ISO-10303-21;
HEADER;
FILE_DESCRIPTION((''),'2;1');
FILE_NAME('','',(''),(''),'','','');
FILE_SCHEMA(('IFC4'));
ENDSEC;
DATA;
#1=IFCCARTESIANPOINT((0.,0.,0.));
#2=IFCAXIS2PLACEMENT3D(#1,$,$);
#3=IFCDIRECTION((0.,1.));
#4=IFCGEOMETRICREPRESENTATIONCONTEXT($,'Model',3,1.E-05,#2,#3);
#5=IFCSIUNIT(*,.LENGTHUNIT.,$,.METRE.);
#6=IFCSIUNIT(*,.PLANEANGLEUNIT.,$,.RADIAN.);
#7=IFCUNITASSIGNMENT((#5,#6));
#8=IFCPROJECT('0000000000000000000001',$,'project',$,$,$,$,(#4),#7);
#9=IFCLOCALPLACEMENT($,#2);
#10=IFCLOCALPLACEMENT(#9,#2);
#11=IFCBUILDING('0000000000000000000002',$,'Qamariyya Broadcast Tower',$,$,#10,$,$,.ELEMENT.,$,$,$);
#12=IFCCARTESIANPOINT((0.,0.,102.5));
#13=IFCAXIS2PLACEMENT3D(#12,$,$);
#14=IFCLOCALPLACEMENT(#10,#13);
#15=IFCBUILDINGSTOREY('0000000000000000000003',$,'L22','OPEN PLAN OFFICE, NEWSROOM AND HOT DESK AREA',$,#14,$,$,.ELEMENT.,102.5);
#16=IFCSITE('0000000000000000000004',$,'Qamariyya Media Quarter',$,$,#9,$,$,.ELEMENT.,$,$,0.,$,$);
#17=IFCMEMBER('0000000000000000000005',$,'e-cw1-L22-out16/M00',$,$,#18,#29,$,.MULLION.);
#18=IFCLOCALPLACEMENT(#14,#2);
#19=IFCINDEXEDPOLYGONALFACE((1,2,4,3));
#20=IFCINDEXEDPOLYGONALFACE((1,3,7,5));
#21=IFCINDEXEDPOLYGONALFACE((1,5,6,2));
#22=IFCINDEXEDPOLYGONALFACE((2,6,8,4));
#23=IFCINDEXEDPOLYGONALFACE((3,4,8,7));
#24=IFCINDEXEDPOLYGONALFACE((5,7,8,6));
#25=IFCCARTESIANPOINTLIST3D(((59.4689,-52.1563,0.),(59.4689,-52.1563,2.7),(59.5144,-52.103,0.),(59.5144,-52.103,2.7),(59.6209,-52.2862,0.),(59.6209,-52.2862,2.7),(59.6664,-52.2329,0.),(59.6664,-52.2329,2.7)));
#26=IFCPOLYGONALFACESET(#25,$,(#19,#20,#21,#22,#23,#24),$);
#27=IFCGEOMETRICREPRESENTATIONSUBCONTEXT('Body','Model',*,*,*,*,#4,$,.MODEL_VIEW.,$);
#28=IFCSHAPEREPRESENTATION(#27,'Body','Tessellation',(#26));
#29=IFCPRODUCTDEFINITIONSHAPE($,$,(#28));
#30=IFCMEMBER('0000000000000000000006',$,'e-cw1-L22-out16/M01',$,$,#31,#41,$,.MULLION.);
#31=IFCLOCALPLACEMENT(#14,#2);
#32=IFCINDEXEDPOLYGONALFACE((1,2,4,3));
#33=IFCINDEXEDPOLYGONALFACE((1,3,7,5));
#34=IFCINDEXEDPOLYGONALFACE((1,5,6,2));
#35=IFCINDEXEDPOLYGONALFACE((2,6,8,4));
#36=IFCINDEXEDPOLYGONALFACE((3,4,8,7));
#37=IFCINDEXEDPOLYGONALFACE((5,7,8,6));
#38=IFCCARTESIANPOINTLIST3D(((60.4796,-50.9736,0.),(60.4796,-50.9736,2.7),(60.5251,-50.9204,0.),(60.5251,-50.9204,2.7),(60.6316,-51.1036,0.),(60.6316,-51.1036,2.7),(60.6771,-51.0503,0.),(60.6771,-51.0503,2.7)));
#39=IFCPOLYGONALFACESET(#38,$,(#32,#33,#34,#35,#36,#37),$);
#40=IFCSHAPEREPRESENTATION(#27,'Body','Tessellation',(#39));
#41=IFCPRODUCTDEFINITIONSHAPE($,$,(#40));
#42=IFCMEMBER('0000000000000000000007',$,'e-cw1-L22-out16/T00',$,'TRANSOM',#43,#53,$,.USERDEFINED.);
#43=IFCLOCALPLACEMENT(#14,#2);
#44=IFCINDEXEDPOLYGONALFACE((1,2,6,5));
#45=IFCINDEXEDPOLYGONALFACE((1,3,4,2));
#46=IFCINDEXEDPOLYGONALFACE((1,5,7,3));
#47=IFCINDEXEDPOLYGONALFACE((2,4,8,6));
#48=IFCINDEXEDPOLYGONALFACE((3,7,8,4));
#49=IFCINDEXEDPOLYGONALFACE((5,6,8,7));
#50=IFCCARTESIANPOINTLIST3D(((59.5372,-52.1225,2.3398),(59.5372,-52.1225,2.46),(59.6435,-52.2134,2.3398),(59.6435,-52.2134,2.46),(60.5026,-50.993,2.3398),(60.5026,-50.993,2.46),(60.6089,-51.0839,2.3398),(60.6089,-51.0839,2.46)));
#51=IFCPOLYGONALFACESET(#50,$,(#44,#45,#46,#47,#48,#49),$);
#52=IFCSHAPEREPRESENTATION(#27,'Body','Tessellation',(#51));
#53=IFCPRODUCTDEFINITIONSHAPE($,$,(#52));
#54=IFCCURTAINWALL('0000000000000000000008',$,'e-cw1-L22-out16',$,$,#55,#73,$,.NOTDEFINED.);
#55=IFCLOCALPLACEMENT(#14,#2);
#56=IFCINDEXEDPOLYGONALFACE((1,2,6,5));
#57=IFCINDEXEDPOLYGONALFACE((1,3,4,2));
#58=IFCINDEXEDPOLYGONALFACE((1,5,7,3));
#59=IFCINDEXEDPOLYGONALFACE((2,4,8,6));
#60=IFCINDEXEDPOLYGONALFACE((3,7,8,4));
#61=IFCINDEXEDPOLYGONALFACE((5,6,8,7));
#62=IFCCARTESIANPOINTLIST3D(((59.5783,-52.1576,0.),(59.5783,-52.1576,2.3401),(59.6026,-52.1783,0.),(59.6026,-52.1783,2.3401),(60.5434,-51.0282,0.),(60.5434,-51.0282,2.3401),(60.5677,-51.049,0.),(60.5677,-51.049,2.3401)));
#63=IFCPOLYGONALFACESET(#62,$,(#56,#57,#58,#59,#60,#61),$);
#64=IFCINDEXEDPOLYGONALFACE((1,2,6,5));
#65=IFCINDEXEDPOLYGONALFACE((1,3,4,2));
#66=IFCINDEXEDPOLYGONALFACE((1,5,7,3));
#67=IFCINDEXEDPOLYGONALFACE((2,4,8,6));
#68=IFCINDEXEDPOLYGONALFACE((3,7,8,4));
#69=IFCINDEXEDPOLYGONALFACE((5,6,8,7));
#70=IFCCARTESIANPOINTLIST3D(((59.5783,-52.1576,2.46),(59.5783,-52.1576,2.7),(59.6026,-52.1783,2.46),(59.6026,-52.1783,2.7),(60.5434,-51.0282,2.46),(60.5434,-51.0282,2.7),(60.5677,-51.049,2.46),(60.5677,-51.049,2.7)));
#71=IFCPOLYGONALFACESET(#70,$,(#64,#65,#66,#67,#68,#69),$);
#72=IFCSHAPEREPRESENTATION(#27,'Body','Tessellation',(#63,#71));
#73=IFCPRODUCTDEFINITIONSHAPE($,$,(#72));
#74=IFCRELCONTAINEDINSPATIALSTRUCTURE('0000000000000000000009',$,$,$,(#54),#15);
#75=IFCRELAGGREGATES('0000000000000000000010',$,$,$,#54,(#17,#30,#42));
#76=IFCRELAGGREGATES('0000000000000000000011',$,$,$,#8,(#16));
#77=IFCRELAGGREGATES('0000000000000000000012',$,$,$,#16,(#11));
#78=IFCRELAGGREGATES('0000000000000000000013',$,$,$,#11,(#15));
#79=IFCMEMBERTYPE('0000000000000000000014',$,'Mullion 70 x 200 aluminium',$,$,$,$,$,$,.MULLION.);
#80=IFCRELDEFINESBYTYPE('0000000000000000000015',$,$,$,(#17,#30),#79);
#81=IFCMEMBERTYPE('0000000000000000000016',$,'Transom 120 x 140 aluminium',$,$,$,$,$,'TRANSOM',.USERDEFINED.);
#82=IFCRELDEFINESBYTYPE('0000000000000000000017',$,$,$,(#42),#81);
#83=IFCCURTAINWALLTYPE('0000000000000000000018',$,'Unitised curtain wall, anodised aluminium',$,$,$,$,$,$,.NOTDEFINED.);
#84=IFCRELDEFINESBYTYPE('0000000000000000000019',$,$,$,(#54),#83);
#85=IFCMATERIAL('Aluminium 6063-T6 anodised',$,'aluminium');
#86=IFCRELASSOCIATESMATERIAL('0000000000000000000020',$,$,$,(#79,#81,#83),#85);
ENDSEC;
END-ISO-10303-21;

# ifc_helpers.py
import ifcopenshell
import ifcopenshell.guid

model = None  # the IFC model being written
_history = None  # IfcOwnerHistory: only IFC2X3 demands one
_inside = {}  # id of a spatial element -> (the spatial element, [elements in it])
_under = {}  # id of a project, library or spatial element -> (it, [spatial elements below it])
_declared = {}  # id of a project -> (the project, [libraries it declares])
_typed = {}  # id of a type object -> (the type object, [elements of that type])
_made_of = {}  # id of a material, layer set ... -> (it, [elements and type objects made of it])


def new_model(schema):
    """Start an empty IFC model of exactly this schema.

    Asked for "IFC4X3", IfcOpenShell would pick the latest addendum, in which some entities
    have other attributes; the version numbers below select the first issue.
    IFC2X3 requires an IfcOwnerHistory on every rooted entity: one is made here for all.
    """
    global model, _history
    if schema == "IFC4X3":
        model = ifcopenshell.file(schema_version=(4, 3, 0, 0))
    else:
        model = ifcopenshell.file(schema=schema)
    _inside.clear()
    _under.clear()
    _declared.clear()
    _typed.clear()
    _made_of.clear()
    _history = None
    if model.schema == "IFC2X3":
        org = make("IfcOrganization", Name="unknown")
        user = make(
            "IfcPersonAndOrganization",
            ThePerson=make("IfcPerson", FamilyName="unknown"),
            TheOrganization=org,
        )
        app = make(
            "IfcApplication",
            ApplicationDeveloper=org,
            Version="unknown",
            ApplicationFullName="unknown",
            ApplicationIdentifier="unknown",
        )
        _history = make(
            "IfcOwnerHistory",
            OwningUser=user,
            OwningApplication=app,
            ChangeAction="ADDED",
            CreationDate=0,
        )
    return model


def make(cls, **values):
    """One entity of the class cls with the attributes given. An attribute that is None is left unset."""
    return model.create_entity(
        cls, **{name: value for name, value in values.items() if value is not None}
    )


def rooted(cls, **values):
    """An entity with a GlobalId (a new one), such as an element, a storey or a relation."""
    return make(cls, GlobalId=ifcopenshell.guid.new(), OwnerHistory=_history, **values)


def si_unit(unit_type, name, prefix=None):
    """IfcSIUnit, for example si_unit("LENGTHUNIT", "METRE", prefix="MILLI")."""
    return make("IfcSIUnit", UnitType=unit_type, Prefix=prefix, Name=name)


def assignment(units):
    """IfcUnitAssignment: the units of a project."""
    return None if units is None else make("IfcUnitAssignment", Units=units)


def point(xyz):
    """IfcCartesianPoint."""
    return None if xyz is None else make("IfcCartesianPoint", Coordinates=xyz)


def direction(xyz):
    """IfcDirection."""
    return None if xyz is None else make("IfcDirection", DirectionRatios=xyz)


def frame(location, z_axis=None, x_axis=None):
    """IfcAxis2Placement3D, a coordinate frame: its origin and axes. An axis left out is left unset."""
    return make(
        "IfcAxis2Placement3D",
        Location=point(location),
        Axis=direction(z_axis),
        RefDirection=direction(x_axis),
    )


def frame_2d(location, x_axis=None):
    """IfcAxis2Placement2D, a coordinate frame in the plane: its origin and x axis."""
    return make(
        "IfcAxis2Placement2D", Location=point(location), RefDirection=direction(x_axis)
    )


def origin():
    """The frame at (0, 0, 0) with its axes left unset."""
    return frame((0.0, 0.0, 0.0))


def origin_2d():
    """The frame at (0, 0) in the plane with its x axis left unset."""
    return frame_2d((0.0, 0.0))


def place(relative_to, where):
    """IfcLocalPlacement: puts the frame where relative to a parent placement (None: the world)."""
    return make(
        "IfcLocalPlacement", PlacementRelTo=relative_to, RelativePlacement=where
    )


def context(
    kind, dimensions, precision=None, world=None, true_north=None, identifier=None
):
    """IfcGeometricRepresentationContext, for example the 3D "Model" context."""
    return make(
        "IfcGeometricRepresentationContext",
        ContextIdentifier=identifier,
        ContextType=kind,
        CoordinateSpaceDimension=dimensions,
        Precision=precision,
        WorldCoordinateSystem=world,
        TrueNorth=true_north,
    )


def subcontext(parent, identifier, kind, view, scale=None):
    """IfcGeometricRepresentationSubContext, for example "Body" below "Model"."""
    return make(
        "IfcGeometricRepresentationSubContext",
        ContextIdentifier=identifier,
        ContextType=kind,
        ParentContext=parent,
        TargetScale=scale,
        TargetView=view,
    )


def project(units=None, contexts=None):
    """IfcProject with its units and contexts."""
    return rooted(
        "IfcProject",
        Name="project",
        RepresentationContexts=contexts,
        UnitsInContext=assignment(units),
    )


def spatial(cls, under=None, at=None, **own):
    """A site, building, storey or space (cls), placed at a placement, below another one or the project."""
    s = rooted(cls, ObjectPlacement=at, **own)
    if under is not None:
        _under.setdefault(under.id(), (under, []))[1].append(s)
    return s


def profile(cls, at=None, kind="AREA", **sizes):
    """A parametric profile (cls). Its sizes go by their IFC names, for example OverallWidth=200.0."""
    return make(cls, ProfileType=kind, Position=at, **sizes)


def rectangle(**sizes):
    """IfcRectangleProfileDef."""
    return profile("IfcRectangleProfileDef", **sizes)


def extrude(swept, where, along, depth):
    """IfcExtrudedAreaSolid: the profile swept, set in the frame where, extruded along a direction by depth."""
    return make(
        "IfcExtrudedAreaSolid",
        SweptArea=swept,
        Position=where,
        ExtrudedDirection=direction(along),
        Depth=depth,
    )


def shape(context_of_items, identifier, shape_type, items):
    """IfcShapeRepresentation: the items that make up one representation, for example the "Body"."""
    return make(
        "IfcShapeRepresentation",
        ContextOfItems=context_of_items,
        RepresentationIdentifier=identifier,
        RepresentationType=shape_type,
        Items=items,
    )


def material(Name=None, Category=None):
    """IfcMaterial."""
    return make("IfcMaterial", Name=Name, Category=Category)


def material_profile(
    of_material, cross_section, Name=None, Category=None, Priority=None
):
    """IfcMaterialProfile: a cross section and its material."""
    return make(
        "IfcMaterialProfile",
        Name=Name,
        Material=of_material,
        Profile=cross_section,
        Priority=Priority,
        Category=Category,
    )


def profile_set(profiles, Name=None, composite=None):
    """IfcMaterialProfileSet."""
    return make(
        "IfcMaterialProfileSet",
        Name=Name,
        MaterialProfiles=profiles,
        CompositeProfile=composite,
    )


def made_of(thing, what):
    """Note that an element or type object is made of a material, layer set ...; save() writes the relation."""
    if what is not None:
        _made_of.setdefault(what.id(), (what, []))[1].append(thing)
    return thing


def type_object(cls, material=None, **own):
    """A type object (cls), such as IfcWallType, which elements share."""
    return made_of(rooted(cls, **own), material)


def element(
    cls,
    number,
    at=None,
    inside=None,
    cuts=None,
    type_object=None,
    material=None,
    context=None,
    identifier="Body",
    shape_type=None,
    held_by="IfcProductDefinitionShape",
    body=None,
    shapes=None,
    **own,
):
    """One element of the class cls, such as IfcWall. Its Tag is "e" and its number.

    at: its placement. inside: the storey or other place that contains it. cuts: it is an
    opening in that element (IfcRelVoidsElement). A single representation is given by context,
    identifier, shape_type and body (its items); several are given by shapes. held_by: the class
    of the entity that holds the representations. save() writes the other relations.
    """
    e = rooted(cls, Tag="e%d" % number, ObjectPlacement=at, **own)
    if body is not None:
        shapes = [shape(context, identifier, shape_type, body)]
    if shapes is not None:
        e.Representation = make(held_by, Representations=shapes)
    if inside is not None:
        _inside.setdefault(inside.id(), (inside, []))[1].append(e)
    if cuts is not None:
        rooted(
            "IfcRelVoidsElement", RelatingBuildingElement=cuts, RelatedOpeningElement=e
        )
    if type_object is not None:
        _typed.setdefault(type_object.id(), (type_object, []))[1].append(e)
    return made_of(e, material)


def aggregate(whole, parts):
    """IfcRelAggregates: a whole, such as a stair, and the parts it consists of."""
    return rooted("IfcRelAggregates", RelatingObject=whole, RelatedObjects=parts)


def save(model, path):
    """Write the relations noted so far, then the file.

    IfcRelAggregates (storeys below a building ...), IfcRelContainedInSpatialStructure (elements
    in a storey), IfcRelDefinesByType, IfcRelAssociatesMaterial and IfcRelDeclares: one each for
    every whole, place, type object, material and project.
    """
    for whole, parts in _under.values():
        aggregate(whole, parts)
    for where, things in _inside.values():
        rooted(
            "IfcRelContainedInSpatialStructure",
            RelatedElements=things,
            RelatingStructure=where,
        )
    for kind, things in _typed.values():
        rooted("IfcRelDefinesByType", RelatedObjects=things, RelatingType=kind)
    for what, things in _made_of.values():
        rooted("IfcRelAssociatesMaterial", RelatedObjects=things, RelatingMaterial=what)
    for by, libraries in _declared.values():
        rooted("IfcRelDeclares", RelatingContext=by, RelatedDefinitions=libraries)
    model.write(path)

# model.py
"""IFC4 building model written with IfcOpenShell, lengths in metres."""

from ifc_helpers import new_model, si_unit, direction, frame, origin, origin_2d, place, context, subcontext, project, spatial, rectangle, extrude, material, material_profile, profile_set, type_object, element, aggregate, save


model = new_model("IFC4")

# Units and contexts
model_context = context("Model", 3, precision=1e-05, world=origin(), true_north=direction((0.0, 1.0)))
body_context = subcontext(model_context, "Body", "Model", "MODEL_VIEW")
ifc_project = project(units=[si_unit("LENGTHUNIT", "METRE"), si_unit("PLANEANGLEUNIT", "RADIAN")], contexts=[model_context])

# Members
ifc_material = material(Name="Aluminium 6063-T6 anodised", Category="aluminium")
ifc_material_profile_1 = material_profile(ifc_material, rectangle(XDim=0.2, YDim=0.0701, at=origin_2d()))
ifc_profile_set_1 = profile_set([ifc_material_profile_1], Name="Aluminium 6063-T6 anodised")
member_type_1 = type_object("IfcMemberType", Name="Mullion 70 x 200 aluminium", PredefinedType="MULLION", material=ifc_profile_set_1)
site_placement = place(None, origin())
building_placement = place(site_placement, origin())
storey_placement = place(building_placement, frame((0.0, 0.0, 102.5)))
member_1_placement = place(storey_placement, frame((59.5676, -52.1946, 0.0), z_axis=(0.0, 0.0, 1.0), x_axis=(-0.760138, 0.649761, 0.0)))
member_1 = element("IfcMember", 1, at=member_1_placement, type_object=member_type_1, Name="e-cw1-L22-out16/M00", PredefinedType="MULLION", context=body_context, shape_type="SweptSolid", body=[
    extrude(rectangle(XDim=0.2, YDim=0.0701, at=origin_2d()), origin(), (0.0, 0.0, 1.0), 2.7),
])
member_2_placement = place(storey_placement, frame((60.5784, -51.012, 0.0), z_axis=(0.0, 0.0, 1.0), x_axis=(-0.760138, 0.649761, 0.0)))
member_2 = element("IfcMember", 2, at=member_2_placement, type_object=member_type_1, Name="e-cw1-L22-out16/M01", PredefinedType="MULLION", context=body_context, shape_type="SweptSolid", body=[
    extrude(rectangle(XDim=0.2, YDim=0.0701, at=origin_2d()), origin(), (0.0, 0.0, 1.0), 2.7),
])
ifc_material_profile_2 = material_profile(ifc_material, rectangle(XDim=0.1399, YDim=0.1201, at=origin_2d()))
ifc_profile_set_2 = profile_set([ifc_material_profile_2], Name="Aluminium 6063-T6 anodised")
member_type_2 = type_object("IfcMemberType", Name="Transom 120 x 140 aluminium", ElementType="TRANSOM", PredefinedType="USERDEFINED", material=ifc_profile_set_2)
member_3_placement = place(storey_placement, frame((59.5903, -52.168, 2.3999), z_axis=(0.649735, 0.760161, 0.0), x_axis=(-0.760161, 0.649735, 0.0)))
member_3 = element("IfcMember", 3, at=member_3_placement, type_object=member_type_2, Name="e-cw1-L22-out16/T00", ObjectType="TRANSOM", PredefinedType="USERDEFINED", context=body_context, shape_type="SweptSolid", body=[
    extrude(rectangle(XDim=0.1399, YDim=0.1201, at=origin_2d()), origin(), (0.0, 0.0, 1.0), 1.4858),
])

# Site, building, storey
site = spatial("IfcSite", under=ifc_project, at=site_placement, Name="Qamariyya Media Quarter", CompositionType="ELEMENT", RefElevation=0.0)
building = spatial("IfcBuilding", under=site, at=building_placement, Name="Qamariyya Broadcast Tower", CompositionType="ELEMENT")
storey = spatial("IfcBuildingStorey", under=building, at=storey_placement, Name="L22", Description="OPEN PLAN OFFICE, NEWSROOM AND HOT DESK AREA", CompositionType="ELEMENT", Elevation=102.5)

# Curtain wall
curtain_wall_type = type_object("IfcCurtainWallType", Name="Unitised curtain wall, anodised aluminium", PredefinedType="NOTDEFINED", material=ifc_material)
curtain_wall_1_placement = place(storey_placement, origin())
curtain_wall_1 = element("IfcCurtainWall", 4, at=curtain_wall_1_placement, inside=storey, type_object=curtain_wall_type, Name="e-cw1-L22-out16", PredefinedType="NOTDEFINED", context=body_context, shape_type="SweptSolid", body=[
    extrude(rectangle(XDim=1.4856, YDim=0.032, at=origin_2d()), frame((60.073, -51.6033, 0.0), x_axis=(0.649678, 0.76021, 0.0)), (0.0, 0.0, 1.0), 2.3401),
    extrude(rectangle(XDim=1.4856, YDim=0.032, at=origin_2d()), frame((60.073, -51.6033, 2.46), x_axis=(0.649678, 0.76021, 0.0)), (0.0, 0.0, 1.0), 0.24),
])
aggregate(curtain_wall_1, [member_1, member_2, member_3])

save(model, "model.ifc")
